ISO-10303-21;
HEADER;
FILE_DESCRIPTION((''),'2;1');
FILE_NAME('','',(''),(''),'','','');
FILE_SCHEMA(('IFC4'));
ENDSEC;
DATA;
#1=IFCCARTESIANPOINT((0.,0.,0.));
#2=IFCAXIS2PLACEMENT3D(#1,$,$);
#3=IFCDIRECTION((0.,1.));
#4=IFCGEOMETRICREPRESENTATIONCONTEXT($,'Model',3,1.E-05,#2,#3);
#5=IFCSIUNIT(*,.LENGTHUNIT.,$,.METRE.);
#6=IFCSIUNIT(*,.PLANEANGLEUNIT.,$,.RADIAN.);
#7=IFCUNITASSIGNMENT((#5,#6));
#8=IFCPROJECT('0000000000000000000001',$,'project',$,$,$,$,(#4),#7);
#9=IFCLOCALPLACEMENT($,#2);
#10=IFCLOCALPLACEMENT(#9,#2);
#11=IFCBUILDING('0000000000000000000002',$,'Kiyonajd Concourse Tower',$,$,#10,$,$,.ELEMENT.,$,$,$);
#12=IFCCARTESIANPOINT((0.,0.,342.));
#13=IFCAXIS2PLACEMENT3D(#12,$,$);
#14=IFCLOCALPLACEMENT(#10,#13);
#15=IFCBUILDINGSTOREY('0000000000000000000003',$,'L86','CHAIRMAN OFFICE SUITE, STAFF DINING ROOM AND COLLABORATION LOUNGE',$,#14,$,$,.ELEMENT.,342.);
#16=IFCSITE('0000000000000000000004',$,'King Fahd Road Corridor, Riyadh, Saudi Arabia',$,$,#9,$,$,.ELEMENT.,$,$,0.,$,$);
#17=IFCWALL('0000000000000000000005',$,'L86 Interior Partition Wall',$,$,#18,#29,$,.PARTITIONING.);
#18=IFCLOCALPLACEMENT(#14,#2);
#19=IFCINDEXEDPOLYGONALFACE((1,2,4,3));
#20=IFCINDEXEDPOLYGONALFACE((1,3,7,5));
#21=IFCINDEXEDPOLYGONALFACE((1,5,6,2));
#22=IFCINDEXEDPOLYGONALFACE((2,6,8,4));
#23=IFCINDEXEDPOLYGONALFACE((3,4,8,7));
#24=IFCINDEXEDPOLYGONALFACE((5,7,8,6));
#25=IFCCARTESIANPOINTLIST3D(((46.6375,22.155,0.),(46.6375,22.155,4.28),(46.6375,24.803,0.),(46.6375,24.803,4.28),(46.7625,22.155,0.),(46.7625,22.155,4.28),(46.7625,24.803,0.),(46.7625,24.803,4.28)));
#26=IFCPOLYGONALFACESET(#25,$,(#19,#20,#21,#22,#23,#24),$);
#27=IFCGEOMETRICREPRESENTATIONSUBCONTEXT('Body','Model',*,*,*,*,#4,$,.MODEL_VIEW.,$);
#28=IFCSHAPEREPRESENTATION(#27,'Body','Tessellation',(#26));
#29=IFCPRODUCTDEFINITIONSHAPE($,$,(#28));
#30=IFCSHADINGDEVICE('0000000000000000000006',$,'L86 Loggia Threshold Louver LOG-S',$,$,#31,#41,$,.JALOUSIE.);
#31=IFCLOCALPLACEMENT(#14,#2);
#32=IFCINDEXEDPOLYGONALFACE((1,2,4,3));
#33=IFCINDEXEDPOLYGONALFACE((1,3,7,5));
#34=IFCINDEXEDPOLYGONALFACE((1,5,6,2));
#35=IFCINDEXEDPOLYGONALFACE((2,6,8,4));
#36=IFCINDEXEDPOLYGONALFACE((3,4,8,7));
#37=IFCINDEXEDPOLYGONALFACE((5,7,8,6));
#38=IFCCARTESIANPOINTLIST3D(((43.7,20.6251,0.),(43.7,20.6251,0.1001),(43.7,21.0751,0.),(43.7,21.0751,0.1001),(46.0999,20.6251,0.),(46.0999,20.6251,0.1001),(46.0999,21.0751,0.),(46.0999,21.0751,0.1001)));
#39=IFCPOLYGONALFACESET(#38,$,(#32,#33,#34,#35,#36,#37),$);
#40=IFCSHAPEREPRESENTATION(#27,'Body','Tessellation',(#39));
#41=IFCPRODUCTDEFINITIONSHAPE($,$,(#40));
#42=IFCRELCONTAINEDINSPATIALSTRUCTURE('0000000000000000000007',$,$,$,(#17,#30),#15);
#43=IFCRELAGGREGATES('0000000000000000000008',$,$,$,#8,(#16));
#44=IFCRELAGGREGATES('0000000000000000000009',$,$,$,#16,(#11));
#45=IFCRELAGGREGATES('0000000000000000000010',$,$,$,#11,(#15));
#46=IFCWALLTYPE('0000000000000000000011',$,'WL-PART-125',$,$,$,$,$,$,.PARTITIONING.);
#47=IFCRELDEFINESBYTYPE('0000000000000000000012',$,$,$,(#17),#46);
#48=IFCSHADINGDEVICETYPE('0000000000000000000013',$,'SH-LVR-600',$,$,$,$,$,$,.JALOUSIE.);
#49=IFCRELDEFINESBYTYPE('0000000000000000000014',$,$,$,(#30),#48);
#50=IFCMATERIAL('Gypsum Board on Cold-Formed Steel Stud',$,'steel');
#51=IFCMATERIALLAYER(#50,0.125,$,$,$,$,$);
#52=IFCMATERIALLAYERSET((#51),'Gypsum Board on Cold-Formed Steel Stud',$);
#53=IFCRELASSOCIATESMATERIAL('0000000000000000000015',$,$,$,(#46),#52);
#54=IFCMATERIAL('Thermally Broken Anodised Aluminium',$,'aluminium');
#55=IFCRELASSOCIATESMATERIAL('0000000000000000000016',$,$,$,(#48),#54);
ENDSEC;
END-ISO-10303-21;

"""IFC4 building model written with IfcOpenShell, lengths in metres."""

from ifc_helpers import new_model, si_unit, direction, frame, frame_2d, origin, origin_2d, place, context, subcontext, project, spatial, rectangle, extrude, material, layer, layer_set, type_object, element, save


model = new_model("IFC4")

# Units and contexts
model_context = context("Model", 3, precision=1e-05, world=origin(), true_north=direction((0.0, 1.0)))
body_context = subcontext(model_context, "Body", "Model", "MODEL_VIEW")
ifc_project = project(units=[si_unit("LENGTHUNIT", "METRE"), si_unit("PLANEANGLEUNIT", "RADIAN")], contexts=[model_context])

# Site, building, storey
site_placement = place(None, origin())
site = spatial("IfcSite", under=ifc_project, at=site_placement, Name="King Fahd Road Corridor, Riyadh, Saudi Arabia", CompositionType="ELEMENT", RefElevation=0.0)
building_placement = place(site_placement, origin())
building = spatial("IfcBuilding", under=site, at=building_placement, Name="Kiyonajd Concourse Tower", CompositionType="ELEMENT")
storey_placement = place(building_placement, frame((0.0, 0.0, 342.0)))
storey = spatial("IfcBuildingStorey", under=building, at=storey_placement, Name="L86", Description="CHAIRMAN OFFICE SUITE, STAFF DINING ROOM AND COLLABORATION LOUNGE", CompositionType="ELEMENT", Elevation=342.0)

# Shared definitions
ifc_material_1 = material(Name="Thermally Broken Anodised Aluminium", Category="aluminium")

# Wall
ifc_material_2 = material(Name="Gypsum Board on Cold-Formed Steel Stud", Category="steel")
ifc_layer_1 = layer(ifc_material_2, 0.125)
ifc_layer_set_1 = layer_set([ifc_layer_1], Name="Gypsum Board on Cold-Formed Steel Stud")
wall_type_1 = type_object("IfcWallType", Name="WL-PART-125", PredefinedType="PARTITIONING", material=ifc_layer_set_1)
wall_1_placement = place(storey_placement, frame((46.7, 22.155, 0.0), z_axis=(0.0, 0.0, 1.0), x_axis=(0.0, 1.0, 0.0)))
element("IfcWall", 1, at=wall_1_placement, inside=storey, type_object=wall_type_1, Name="L86 Interior Partition Wall", PredefinedType="PARTITIONING", context=body_context, shape_type="SweptSolid", body=[
    extrude(rectangle(XDim=2.6479, YDim=0.125, at=frame_2d((1.324, 0.0))), origin(), (0.0, 0.0, 1.0), 4.28),
])

# Shading device
shading_device_type = type_object("IfcShadingDeviceType", Name="SH-LVR-600", PredefinedType="JALOUSIE", material=ifc_material_1)
shading_device_placement = place(storey_placement, frame((44.8999, 20.8501, 0.0), z_axis=(0.0, 0.0, 1.0), x_axis=(1.0, 0.0, 0.0)))
element("IfcShadingDevice", 2, at=shading_device_placement, inside=storey, type_object=shading_device_type, Name="L86 Loggia Threshold Louver LOG-S", PredefinedType="JALOUSIE", context=body_context, shape_type="SweptSolid", body=[
    extrude(rectangle(XDim=2.3999, YDim=0.45, at=origin_2d()), origin(), (0.0, 0.0, 1.0), 0.1001),
])

save(model, "model.ifc")
